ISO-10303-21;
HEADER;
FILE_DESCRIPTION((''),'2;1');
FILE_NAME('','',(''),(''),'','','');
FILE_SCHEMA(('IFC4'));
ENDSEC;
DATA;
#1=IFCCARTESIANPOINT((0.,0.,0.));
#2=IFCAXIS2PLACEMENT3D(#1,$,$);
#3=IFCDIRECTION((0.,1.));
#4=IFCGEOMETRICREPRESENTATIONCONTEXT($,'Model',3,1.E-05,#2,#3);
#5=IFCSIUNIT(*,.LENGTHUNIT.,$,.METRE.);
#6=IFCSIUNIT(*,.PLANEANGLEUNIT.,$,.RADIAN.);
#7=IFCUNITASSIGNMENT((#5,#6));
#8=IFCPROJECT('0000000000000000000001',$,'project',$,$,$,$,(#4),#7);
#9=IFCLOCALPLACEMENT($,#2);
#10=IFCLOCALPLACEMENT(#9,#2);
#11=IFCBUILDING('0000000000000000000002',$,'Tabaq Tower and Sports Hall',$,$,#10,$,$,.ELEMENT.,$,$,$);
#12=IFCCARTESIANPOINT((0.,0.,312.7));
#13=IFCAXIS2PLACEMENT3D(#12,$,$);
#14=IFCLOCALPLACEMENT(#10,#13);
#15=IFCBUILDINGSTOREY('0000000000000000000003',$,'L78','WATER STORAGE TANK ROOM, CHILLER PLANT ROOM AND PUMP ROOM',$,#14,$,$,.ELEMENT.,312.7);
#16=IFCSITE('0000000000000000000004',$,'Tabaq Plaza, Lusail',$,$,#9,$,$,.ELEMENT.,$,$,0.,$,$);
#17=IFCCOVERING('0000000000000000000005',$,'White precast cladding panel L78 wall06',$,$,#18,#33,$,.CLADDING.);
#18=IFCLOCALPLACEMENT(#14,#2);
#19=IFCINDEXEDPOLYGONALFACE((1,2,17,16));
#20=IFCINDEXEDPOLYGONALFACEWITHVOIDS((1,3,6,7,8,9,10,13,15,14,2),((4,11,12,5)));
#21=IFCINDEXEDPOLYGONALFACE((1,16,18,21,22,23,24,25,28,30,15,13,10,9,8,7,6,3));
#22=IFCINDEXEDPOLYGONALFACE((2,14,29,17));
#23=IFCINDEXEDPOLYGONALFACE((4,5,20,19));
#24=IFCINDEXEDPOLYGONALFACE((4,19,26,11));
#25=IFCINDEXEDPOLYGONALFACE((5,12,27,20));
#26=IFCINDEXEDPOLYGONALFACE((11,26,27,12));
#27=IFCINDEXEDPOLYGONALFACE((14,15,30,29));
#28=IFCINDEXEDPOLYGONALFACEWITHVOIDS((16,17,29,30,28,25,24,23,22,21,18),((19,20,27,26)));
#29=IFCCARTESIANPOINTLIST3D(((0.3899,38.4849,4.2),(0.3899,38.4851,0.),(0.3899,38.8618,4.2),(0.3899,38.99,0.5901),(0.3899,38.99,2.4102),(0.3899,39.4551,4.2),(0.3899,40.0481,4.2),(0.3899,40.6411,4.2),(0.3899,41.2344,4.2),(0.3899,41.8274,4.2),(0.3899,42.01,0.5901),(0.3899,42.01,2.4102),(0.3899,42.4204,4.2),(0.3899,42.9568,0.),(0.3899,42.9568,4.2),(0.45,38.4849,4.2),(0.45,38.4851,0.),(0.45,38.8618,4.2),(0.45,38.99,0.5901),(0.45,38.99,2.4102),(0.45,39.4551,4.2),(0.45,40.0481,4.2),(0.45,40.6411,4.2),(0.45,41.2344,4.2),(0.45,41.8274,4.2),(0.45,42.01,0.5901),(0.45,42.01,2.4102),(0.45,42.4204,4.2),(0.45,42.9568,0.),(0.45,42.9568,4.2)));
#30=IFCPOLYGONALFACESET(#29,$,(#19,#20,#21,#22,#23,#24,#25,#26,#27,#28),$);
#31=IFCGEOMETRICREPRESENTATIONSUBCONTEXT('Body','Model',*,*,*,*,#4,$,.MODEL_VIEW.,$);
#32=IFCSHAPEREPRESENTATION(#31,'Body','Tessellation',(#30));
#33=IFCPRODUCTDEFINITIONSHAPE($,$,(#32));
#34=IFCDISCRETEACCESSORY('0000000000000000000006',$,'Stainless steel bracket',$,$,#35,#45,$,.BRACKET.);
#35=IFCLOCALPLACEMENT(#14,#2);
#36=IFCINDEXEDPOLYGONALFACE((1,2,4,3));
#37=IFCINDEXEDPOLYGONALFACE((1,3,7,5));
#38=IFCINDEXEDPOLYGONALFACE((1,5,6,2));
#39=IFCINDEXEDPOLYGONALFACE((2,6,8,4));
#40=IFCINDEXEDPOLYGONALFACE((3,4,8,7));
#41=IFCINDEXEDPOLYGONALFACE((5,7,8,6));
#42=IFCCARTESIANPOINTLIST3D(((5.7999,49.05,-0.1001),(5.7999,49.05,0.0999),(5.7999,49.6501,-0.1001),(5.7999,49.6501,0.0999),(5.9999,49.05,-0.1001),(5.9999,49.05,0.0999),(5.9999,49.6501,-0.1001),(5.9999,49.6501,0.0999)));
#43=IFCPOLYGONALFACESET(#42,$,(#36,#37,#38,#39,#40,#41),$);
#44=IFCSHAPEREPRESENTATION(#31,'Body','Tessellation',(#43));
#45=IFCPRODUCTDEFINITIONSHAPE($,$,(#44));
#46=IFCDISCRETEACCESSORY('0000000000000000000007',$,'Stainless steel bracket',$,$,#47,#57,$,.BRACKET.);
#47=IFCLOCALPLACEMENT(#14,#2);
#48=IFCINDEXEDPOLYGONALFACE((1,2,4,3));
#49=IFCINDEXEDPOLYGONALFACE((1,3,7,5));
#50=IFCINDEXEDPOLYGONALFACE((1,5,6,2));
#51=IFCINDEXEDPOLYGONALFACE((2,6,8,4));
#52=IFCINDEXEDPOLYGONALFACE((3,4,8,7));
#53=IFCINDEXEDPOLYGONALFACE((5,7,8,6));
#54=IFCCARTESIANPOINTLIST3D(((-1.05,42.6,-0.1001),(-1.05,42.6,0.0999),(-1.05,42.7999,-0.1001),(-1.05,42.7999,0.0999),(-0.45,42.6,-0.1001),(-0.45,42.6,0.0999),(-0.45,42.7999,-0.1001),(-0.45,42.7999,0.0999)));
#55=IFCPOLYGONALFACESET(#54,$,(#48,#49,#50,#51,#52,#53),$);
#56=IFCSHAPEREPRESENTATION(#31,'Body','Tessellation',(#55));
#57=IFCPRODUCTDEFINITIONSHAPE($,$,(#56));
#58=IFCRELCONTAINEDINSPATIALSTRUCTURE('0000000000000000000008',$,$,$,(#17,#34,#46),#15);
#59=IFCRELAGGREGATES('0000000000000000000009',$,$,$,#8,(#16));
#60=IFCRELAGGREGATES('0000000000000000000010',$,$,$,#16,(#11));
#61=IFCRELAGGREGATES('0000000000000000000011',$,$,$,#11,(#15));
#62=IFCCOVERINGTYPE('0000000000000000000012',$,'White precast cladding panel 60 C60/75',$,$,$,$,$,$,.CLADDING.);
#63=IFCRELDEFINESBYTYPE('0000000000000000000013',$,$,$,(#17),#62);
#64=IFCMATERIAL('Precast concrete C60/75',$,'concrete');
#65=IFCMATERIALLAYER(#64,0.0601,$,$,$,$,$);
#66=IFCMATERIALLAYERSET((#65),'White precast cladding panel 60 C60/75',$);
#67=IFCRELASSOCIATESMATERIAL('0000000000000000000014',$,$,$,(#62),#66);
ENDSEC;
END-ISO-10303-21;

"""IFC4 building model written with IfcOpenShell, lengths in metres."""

from ifc_helpers import new_model, si_unit, direction, frame, origin, origin_2d, place, context, subcontext, project, spatial, polyline, rectangle, outline, extrude, material, layer, layer_set, type_object, element, save


model = new_model("IFC4")

# Units and contexts
model_context = context("Model", 3, precision=1e-05, world=origin(), true_north=direction((0.0, 1.0)))
body_context = subcontext(model_context, "Body", "Model", "MODEL_VIEW")
ifc_project = project(units=[si_unit("LENGTHUNIT", "METRE"), si_unit("PLANEANGLEUNIT", "RADIAN")], contexts=[model_context])

# Site, building, storey
site_placement = place(None, origin())
site = spatial("IfcSite", under=ifc_project, at=site_placement, Name="Tabaq Plaza, Lusail", CompositionType="ELEMENT", RefElevation=0.0)
building_placement = place(site_placement, origin())
building = spatial("IfcBuilding", under=site, at=building_placement, Name="Tabaq Tower and Sports Hall", CompositionType="ELEMENT")
storey_placement = place(building_placement, frame((0.0, 0.0, 312.7)))
storey = spatial("IfcBuildingStorey", under=building, at=storey_placement, Name="L78", Description="WATER STORAGE TANK ROOM, CHILLER PLANT ROOM AND PUMP ROOM", CompositionType="ELEMENT", Elevation=312.7)

# Covering
ifc_material_1 = material(Name="Precast concrete C60/75", Category="concrete")
ifc_layer_1 = layer(ifc_material_1, 0.0601)
ifc_layer_set_1 = layer_set([ifc_layer_1], Name="White precast cladding panel 60 C60/75")
covering_type_1 = type_object("IfcCoveringType", Name="White precast cladding panel 60 C60/75", PredefinedType="CLADDING", material=ifc_layer_set_1)
covering_1_placement = place(storey_placement, frame((0.4199, 42.9568, 0.0), z_axis=(0.0, 0.0, 1.0), x_axis=(0.0, -1.0, 0.0)))
element("IfcCovering", 1, at=covering_1_placement, inside=storey, type_object=covering_type_1, Name="White precast cladding panel L78 wall06", PredefinedType="CLADDING", context=body_context, shape_type="SweptSolid", body=[
    extrude(outline(polyline([(0.0, 0.0), (4.4717, 0.0), (4.4719, 4.2), (4.095, 4.2), (3.5017, 4.2), (2.9087, 4.2), (2.3157, 4.2), (1.7224, 4.2), (1.1294, 4.2), (0.5364, 4.2), (0.0, 4.2), (0.0, 0.0)]), holes=[polyline([(0.9468, 0.5901), (0.9468, 2.4102), (3.9668, 2.4102), (3.9668, 0.5901), (0.9468, 0.5901)])]), frame((0.0, 0.03, 0.0), z_axis=(0.0, -1.0, 0.0), x_axis=(1.0, 0.0, 0.0)), (0.0, 0.0, 1.0), 0.0601),
])

# Discrete accessories
for number, where, z_axis, x_axis, name in (
    (2, (5.8999, 49.3501, -0.1001), (0.0, 0.0, 1.0), (0.0, 1.0, 0.0), "Stainless steel bracket"),
    (3, (-0.75, 42.7, -0.1001), (0.0, 0.0, 1.0), (-1.0, 0.0, 0.0), "Stainless steel bracket"),
):
    element("IfcDiscreteAccessory", number, at=place(storey_placement, frame(where, z_axis=z_axis, x_axis=x_axis)), inside=storey, Name=name, PredefinedType="BRACKET", context=body_context, shape_type="SweptSolid", body=[
        extrude(rectangle(XDim=0.6001, YDim=0.2, at=origin_2d()), origin(), (0.0, 0.0, 1.0), 0.2),
    ])

save(model, "model.ifc")
